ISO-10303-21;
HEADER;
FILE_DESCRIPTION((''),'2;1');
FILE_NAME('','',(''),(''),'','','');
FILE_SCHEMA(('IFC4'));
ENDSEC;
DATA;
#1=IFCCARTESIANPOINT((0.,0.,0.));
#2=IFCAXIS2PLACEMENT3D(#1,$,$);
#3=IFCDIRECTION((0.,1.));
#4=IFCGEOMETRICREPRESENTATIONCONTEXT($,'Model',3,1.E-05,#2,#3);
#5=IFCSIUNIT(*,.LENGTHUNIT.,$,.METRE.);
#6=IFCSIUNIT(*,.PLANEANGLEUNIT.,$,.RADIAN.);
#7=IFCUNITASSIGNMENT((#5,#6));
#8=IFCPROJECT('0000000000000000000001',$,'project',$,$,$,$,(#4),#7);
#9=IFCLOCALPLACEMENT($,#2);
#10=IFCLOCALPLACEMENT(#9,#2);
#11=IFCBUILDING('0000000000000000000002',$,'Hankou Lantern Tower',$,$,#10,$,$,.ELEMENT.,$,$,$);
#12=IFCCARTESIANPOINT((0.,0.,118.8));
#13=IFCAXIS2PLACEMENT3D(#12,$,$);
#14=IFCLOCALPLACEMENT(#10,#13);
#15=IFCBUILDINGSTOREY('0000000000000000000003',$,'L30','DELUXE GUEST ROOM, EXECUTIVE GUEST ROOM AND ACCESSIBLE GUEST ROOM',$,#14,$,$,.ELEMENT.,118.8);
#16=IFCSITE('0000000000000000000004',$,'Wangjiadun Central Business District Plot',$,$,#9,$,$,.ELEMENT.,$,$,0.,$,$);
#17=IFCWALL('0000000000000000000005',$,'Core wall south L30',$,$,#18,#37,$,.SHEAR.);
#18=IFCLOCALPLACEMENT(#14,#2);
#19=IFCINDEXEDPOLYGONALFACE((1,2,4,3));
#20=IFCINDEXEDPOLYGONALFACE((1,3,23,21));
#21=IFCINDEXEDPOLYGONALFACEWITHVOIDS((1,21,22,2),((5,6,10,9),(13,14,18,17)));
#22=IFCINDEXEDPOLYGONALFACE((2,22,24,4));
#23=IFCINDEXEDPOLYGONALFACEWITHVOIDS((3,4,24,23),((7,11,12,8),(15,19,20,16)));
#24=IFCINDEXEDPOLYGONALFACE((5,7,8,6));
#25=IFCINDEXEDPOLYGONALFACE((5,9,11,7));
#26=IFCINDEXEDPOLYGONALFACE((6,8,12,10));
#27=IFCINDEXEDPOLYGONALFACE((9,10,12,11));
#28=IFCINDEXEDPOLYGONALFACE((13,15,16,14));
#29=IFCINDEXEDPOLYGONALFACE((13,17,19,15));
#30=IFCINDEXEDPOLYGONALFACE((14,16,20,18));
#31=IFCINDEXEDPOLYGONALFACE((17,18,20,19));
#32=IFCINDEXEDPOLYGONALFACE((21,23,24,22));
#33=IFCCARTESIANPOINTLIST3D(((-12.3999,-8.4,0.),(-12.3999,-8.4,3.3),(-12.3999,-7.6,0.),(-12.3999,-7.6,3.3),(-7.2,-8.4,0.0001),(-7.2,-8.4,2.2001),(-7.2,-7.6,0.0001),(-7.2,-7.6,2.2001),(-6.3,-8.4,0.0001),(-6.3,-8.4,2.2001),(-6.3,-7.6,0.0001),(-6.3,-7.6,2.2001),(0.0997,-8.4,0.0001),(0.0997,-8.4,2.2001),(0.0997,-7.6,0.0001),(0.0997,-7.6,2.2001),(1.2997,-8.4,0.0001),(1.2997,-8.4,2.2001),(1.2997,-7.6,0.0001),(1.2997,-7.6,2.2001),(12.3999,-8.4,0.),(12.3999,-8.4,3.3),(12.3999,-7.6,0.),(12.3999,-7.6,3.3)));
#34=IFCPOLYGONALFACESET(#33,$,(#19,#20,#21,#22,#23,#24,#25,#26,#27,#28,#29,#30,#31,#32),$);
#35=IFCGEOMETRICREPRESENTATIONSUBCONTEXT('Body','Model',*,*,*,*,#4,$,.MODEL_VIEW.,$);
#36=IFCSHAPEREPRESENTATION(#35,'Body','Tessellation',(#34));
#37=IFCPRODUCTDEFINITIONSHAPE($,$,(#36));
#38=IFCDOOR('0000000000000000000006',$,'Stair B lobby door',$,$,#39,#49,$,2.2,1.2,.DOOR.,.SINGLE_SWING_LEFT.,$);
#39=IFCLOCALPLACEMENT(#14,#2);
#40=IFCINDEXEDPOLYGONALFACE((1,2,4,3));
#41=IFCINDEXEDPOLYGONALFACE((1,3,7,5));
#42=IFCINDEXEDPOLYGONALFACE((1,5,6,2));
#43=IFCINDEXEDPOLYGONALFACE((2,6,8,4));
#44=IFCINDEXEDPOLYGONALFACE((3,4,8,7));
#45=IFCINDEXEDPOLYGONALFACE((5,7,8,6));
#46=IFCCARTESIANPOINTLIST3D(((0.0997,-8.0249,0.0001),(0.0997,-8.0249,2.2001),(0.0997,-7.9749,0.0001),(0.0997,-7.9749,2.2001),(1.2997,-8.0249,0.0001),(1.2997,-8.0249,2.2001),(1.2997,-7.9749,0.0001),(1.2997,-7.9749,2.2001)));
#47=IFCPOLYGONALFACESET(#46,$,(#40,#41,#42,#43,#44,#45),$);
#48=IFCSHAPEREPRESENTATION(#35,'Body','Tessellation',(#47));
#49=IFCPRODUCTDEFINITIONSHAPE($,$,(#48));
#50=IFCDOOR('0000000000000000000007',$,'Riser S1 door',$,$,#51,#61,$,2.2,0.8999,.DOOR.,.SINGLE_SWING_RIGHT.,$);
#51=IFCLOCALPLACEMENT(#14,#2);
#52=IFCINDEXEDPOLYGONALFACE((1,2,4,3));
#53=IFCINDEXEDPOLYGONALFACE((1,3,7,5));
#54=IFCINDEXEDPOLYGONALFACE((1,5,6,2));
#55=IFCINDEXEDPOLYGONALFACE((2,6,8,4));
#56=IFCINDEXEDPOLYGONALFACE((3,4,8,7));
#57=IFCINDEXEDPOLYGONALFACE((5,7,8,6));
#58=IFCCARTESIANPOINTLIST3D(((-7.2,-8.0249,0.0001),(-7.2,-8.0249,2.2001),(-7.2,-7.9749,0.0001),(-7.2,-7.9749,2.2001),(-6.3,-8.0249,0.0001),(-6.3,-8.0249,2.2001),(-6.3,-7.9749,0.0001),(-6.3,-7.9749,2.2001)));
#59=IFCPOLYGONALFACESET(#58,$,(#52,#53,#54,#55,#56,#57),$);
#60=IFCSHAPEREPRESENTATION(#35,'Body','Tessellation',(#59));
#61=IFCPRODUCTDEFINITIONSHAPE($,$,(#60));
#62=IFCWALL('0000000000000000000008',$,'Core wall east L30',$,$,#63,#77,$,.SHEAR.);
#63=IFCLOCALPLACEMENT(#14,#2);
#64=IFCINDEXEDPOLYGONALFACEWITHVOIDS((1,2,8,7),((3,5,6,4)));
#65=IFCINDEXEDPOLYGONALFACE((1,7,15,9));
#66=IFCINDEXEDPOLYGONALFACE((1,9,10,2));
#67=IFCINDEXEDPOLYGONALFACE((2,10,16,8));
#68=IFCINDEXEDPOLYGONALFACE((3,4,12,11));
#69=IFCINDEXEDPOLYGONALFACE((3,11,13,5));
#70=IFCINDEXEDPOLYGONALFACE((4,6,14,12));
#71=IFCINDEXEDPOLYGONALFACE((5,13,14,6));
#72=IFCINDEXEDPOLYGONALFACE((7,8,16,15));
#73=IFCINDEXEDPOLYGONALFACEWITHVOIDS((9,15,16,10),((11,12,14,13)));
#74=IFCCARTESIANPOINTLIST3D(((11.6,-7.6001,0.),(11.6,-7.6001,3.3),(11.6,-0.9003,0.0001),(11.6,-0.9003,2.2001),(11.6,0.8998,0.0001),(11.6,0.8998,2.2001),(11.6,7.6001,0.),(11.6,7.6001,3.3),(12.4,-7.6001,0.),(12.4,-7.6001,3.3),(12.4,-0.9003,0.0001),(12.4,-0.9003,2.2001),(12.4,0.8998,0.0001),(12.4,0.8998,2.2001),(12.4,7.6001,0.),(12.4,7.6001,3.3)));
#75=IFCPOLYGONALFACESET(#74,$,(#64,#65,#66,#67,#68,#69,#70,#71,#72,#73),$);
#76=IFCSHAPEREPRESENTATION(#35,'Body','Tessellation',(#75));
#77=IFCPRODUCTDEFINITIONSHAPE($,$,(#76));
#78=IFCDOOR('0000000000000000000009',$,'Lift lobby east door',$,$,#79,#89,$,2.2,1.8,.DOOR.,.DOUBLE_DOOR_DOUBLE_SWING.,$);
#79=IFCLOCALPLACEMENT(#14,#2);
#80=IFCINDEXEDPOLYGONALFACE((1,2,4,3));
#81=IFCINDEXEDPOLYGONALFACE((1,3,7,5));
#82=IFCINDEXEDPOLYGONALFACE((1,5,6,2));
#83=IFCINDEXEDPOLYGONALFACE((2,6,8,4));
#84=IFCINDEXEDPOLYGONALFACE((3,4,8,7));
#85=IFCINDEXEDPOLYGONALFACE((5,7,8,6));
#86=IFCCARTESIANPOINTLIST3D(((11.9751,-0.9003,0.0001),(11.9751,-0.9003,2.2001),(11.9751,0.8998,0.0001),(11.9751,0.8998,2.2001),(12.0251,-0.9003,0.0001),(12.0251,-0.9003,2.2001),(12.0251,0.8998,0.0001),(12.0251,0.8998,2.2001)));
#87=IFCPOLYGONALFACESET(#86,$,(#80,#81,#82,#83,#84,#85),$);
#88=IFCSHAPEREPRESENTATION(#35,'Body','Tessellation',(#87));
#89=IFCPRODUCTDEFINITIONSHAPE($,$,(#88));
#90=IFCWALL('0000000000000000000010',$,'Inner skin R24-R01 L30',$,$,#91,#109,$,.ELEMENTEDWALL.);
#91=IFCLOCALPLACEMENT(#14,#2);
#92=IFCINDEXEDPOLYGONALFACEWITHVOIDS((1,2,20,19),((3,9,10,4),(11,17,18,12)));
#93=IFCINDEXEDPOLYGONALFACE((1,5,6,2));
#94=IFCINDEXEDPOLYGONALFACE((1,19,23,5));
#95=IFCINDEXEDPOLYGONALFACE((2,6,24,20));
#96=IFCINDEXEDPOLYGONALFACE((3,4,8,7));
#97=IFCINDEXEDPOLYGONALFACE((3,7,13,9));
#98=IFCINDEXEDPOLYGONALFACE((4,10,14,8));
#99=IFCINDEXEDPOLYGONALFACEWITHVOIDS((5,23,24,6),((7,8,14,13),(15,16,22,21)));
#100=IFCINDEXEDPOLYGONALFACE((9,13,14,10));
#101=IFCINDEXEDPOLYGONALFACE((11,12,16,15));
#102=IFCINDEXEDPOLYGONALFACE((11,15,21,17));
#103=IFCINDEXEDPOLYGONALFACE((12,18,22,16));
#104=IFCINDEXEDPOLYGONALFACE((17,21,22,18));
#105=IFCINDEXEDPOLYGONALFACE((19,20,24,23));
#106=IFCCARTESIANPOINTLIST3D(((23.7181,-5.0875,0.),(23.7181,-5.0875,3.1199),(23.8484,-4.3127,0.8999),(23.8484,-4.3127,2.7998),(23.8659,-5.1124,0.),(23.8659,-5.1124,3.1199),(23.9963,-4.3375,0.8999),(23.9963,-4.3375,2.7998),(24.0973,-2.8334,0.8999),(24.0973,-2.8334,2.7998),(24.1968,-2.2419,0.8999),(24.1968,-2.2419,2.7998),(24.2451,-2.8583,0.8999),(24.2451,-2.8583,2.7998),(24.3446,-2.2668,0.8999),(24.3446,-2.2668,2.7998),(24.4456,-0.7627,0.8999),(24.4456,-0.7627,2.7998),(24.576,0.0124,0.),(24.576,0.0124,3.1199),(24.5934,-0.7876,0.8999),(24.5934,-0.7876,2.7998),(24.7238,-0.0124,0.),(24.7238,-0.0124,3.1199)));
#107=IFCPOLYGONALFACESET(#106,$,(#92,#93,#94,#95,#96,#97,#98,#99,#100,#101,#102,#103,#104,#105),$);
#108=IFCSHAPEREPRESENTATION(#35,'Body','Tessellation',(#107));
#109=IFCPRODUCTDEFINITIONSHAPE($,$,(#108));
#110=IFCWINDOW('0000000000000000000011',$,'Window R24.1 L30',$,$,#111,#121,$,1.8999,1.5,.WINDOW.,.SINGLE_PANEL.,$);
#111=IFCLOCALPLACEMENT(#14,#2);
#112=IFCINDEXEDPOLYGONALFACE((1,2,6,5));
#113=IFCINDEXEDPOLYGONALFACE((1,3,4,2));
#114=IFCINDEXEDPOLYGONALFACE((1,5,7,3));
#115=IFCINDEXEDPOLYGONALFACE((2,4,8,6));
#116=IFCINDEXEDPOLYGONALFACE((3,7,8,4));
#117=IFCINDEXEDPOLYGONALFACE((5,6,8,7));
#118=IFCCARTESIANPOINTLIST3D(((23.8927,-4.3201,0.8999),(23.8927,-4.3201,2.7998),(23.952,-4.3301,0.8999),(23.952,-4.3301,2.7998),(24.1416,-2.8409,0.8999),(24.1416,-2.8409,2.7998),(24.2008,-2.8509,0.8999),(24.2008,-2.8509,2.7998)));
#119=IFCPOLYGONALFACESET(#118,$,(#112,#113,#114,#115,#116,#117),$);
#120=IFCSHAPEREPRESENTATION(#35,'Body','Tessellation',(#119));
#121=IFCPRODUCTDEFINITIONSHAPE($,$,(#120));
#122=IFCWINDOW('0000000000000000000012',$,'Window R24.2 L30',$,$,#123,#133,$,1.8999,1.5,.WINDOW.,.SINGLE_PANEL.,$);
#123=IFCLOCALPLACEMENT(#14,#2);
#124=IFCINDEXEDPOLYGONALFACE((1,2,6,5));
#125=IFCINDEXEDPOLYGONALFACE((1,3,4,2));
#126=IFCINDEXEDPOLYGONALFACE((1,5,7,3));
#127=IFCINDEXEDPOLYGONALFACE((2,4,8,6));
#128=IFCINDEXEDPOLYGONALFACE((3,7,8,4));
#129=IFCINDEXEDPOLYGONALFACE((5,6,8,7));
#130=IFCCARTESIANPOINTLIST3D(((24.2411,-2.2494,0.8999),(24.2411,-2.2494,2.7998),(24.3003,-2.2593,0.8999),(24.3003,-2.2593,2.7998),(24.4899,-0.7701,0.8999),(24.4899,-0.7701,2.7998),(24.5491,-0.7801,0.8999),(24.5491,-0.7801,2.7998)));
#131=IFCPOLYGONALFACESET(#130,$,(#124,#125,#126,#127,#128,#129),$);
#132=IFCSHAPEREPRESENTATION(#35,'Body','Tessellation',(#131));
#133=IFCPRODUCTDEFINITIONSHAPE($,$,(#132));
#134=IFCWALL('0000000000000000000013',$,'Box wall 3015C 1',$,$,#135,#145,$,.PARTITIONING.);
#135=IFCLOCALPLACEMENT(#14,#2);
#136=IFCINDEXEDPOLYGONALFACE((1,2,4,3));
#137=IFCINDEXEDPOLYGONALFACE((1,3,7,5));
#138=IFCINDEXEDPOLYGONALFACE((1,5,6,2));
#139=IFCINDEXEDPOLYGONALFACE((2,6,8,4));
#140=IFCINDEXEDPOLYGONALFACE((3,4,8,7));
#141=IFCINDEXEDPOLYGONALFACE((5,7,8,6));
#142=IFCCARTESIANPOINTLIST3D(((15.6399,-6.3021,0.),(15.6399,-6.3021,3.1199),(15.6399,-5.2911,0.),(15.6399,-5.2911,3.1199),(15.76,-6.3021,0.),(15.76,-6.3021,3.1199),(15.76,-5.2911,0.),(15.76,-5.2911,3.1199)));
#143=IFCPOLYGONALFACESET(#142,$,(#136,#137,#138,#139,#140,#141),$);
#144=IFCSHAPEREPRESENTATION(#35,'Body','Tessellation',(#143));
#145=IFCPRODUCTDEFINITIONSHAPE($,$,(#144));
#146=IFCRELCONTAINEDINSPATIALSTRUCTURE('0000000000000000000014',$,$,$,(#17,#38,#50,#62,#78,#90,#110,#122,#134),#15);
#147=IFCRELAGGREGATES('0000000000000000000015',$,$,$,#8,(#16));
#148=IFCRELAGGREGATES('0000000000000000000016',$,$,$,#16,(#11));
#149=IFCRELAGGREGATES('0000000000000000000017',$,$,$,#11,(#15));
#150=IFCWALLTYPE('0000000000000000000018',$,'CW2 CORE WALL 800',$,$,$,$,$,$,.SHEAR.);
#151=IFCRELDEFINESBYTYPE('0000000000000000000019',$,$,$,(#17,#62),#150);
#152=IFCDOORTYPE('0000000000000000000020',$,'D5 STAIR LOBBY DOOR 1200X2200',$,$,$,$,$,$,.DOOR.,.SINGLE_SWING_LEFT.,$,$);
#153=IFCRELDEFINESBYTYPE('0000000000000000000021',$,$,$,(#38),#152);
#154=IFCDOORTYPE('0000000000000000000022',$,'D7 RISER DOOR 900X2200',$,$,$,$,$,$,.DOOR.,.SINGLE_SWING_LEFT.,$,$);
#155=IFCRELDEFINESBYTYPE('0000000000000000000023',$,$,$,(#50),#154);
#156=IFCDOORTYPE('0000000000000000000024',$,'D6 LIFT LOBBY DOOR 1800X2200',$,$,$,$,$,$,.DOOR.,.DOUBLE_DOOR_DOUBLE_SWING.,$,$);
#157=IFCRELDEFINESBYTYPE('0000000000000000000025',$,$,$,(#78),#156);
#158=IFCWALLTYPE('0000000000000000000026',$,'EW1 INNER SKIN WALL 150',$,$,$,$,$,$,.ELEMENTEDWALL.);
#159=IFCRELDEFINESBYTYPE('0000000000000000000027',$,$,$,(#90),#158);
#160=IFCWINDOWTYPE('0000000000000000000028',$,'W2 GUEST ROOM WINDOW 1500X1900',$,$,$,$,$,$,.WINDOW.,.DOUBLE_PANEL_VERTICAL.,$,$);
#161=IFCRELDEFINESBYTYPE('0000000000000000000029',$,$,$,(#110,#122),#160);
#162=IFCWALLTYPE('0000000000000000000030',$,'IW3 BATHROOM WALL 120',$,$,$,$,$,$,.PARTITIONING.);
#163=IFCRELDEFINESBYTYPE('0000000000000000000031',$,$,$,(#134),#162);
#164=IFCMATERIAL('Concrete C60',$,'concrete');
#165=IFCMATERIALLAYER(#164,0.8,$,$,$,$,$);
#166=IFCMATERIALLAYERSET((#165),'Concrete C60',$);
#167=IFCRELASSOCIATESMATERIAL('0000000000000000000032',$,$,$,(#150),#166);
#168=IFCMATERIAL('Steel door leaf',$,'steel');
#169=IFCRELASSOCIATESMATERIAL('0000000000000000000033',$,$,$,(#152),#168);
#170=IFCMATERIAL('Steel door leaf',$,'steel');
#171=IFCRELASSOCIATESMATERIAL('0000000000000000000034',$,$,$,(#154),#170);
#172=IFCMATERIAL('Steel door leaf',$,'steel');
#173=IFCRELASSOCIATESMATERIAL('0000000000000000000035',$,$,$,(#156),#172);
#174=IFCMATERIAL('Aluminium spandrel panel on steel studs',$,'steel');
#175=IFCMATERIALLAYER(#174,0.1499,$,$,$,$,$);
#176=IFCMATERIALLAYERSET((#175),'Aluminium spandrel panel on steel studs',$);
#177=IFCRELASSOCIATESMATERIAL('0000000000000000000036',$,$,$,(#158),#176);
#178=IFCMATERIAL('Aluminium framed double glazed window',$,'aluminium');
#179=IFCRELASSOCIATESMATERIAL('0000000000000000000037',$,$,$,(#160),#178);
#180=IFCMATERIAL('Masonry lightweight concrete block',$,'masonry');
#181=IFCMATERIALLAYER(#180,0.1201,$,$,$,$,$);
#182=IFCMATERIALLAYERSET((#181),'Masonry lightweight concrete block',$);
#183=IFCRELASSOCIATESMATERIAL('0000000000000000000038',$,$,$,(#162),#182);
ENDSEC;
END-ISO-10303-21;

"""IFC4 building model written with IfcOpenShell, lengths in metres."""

from ifc_helpers import new_model, si_unit, direction, frame, frame_2d, origin, place, context, subcontext, project, spatial, rectangle, extrude, material, layer, layer_set, type_object, element, fill, save


model = new_model("IFC4")

# Units and contexts
model_context = context("Model", 3, precision=1e-05, world=origin(), true_north=direction((0.0, 1.0)))
body_context = subcontext(model_context, "Body", "Model", "MODEL_VIEW")
ifc_project = project(units=[si_unit("LENGTHUNIT", "METRE"), si_unit("PLANEANGLEUNIT", "RADIAN")], contexts=[model_context])

# Site, building, storey
site_placement = place(None, origin())
site = spatial("IfcSite", under=ifc_project, at=site_placement, Name="Wangjiadun Central Business District Plot", CompositionType="ELEMENT", RefElevation=0.0)
building_placement = place(site_placement, origin())
building = spatial("IfcBuilding", under=site, at=building_placement, Name="Hankou Lantern Tower", CompositionType="ELEMENT")
storey_placement = place(building_placement, frame((0.0, 0.0, 118.8)))
storey = spatial("IfcBuildingStorey", under=building, at=storey_placement, Name="L30", Description="DELUXE GUEST ROOM, EXECUTIVE GUEST ROOM AND ACCESSIBLE GUEST ROOM", CompositionType="ELEMENT", Elevation=118.8)

# Wall, openings, doors
ifc_material_1 = material(Name="Concrete C60", Category="concrete")
ifc_layer_1 = layer(ifc_material_1, 0.8)
ifc_layer_set_1 = layer_set([ifc_layer_1], Name="Concrete C60")
wall_type_1 = type_object("IfcWallType", Name="CW2 CORE WALL 800", PredefinedType="SHEAR", material=ifc_layer_set_1)
wall_1_placement = place(storey_placement, frame((12.3999, -8.0, 0.0), z_axis=(0.0, 0.0, 1.0), x_axis=(-1.0, 0.0, 0.0)))
wall_1 = element("IfcWall", 1, at=wall_1_placement, inside=storey, type_object=wall_type_1, Name="Core wall south L30", PredefinedType="SHEAR", context=body_context, shape_type="SweptSolid", body=[
    extrude(rectangle(XDim=24.7998, YDim=0.8, at=frame_2d((12.3999, 0.0))), origin(), (0.0, 0.0, 1.0), 3.3),
])
opening_1_placement = place(wall_1_placement, frame((11.1001, 0.0, 0.0)))
opening_1 = element("IfcOpeningElement", 2, at=opening_1_placement, cuts=wall_1, PredefinedType="OPENING", context=body_context, shape_type="SweptSolid", body=[
    extrude(rectangle(XDim=1.2, YDim=2.2, at=frame_2d((0.6001, 1.1001))), frame((0.0, 0.4099, 0.0), z_axis=(0.0, -1.0, 0.0), x_axis=(1.0, 0.0, 0.0)), (0.0, 0.0, 1.0), 0.8201),
])
opening_2_placement = place(wall_1_placement, frame((18.7, 0.0, 0.0)))
opening_2 = element("IfcOpeningElement", 3, at=opening_2_placement, cuts=wall_1, PredefinedType="OPENING", context=body_context, shape_type="SweptSolid", body=[
    extrude(rectangle(XDim=0.8999, YDim=2.2, at=frame_2d((0.45, 1.1001))), frame((0.0, 0.4099, 0.0), z_axis=(0.0, -1.0, 0.0), x_axis=(1.0, 0.0, 0.0)), (0.0, 0.0, 1.0), 0.8201),
])
ifc_material_2 = material(Name="Steel door leaf", Category="steel")
door_type_1 = type_object("IfcDoorType", Name="D5 STAIR LOBBY DOOR 1200X2200", OperationType="SINGLE_SWING_LEFT", PredefinedType="DOOR", material=ifc_material_2)
door_1_placement = place(opening_1_placement, origin())
door_1 = element("IfcDoor", 4, at=door_1_placement, inside=storey, type_object=door_type_1, Name="Stair B lobby door", OperationType="SINGLE_SWING_LEFT", OverallHeight=2.2, OverallWidth=1.2, PredefinedType="DOOR", context=body_context, shape_type="SweptSolid", body=[
    extrude(rectangle(XDim=1.2, YDim=2.2, at=frame_2d((0.6001, 1.1001))), frame((0.0, 0.0249, 0.0), z_axis=(0.0, -1.0, 0.0), x_axis=(1.0, 0.0, 0.0)), (0.0, 0.0, 1.0), 0.05),
])
fill(opening_1, door_1)
ifc_material_3 = material(Name="Steel door leaf", Category="steel")
door_type_2 = type_object("IfcDoorType", Name="D7 RISER DOOR 900X2200", OperationType="SINGLE_SWING_LEFT", PredefinedType="DOOR", material=ifc_material_3)
door_2_placement = place(opening_2_placement, origin())
door_2 = element("IfcDoor", 5, at=door_2_placement, inside=storey, type_object=door_type_2, Name="Riser S1 door", OperationType="SINGLE_SWING_RIGHT", OverallHeight=2.2, OverallWidth=0.8999, PredefinedType="DOOR", context=body_context, shape_type="SweptSolid", body=[
    extrude(rectangle(XDim=0.8999, YDim=2.2, at=frame_2d((0.45, 1.1001))), frame((0.0, 0.0249, 0.0), z_axis=(0.0, -1.0, 0.0), x_axis=(1.0, 0.0, 0.0)), (0.0, 0.0, 1.0), 0.05),
])
fill(opening_2, door_2)

# Wall, opening, door
wall_2_placement = place(storey_placement, frame((12.0, -7.6001, 0.0), z_axis=(0.0, 0.0, 1.0), x_axis=(0.0, 1.0, 0.0)))
wall_2 = element("IfcWall", 6, at=wall_2_placement, inside=storey, type_object=wall_type_1, Name="Core wall east L30", PredefinedType="SHEAR", context=body_context, shape_type="SweptSolid", body=[
    extrude(rectangle(XDim=15.2002, YDim=0.8, at=frame_2d((7.6001, 0.0))), origin(), (0.0, 0.0, 1.0), 3.3),
])
opening_3_placement = place(wall_2_placement, frame((6.7, 0.0, 0.0)))
opening_3 = element("IfcOpeningElement", 7, at=opening_3_placement, cuts=wall_2, PredefinedType="OPENING", context=body_context, shape_type="SweptSolid", body=[
    extrude(rectangle(XDim=1.8, YDim=2.2, at=frame_2d((0.8999, 1.1001))), frame((0.0, 0.4099, 0.0), z_axis=(0.0, -1.0, 0.0), x_axis=(1.0, 0.0, 0.0)), (0.0, 0.0, 1.0), 0.8201),
])
ifc_material_4 = material(Name="Steel door leaf", Category="steel")
door_type_3 = type_object("IfcDoorType", Name="D6 LIFT LOBBY DOOR 1800X2200", OperationType="DOUBLE_DOOR_DOUBLE_SWING", PredefinedType="DOOR", material=ifc_material_4)
door_3_placement = place(opening_3_placement, origin())
door_3 = element("IfcDoor", 8, at=door_3_placement, inside=storey, type_object=door_type_3, Name="Lift lobby east door", OperationType="DOUBLE_DOOR_DOUBLE_SWING", OverallHeight=2.2, OverallWidth=1.8, PredefinedType="DOOR", context=body_context, shape_type="SweptSolid", body=[
    extrude(rectangle(XDim=1.8, YDim=2.2, at=frame_2d((0.8999, 1.1001))), frame((0.0, 0.0249, 0.0), z_axis=(0.0, -1.0, 0.0), x_axis=(1.0, 0.0, 0.0)), (0.0, 0.0, 1.0), 0.05),
])
fill(opening_3, door_3)

# Wall, openings, windows
ifc_material_5 = material(Name="Aluminium spandrel panel on steel studs", Category="steel")
ifc_layer_2 = layer(ifc_material_5, 0.1499)
ifc_layer_set_2 = layer_set([ifc_layer_2], Name="Aluminium spandrel panel on steel studs")
wall_type_2 = type_object("IfcWallType", Name="EW1 INNER SKIN WALL 150", PredefinedType="ELEMENTEDWALL", material=ifc_layer_set_2)
wall_3_placement = place(storey_placement, frame((23.792, -5.1001, 0.0), z_axis=(0.0, 0.0, 1.0), x_axis=(0.165884, 0.986145, 0.0)))
wall_3 = element("IfcWall", 9, at=wall_3_placement, inside=storey, type_object=wall_type_2, Name="Inner skin R24-R01 L30", PredefinedType="ELEMENTEDWALL", context=body_context, shape_type="SweptSolid", body=[
    extrude(rectangle(XDim=5.1716, YDim=0.1499, at=frame_2d((2.5859, 0.0))), origin(), (0.0, 0.0, 1.0), 3.1199),
])
opening_4_placement = place(wall_3_placement, frame((0.7859, 0.0, 0.8999)))
opening_4 = element("IfcOpeningElement", 10, at=opening_4_placement, cuts=wall_3, PredefinedType="OPENING", context=body_context, shape_type="SweptSolid", body=[
    extrude(rectangle(XDim=1.5, YDim=1.8999, at=frame_2d((0.75, 0.95))), frame((0.0, 0.085, 0.0), z_axis=(0.0, -1.0, 0.0), x_axis=(1.0, 0.0, 0.0)), (0.0, 0.0, 1.0), 0.1699),
])
opening_5_placement = place(wall_3_placement, frame((2.8857, 0.0, 0.8999)))
opening_5 = element("IfcOpeningElement", 11, at=opening_5_placement, cuts=wall_3, PredefinedType="OPENING", context=body_context, shape_type="SweptSolid", body=[
    extrude(rectangle(XDim=1.5, YDim=1.8999, at=frame_2d((0.75, 0.95))), frame((0.0, 0.085, 0.0), z_axis=(0.0, -1.0, 0.0), x_axis=(1.0, 0.0, 0.0)), (0.0, 0.0, 1.0), 0.1699),
])
ifc_material_6 = material(Name="Aluminium framed double glazed window", Category="aluminium")
window_type = type_object("IfcWindowType", Name="W2 GUEST ROOM WINDOW 1500X1900", PartitioningType="DOUBLE_PANEL_VERTICAL", PredefinedType="WINDOW", material=ifc_material_6)
window_1_placement = place(opening_4_placement, origin())
window_1 = element("IfcWindow", 12, at=window_1_placement, inside=storey, type_object=window_type, Name="Window R24.1 L30", OverallHeight=1.8999, OverallWidth=1.5, PartitioningType="SINGLE_PANEL", PredefinedType="WINDOW", context=body_context, shape_type="SweptSolid", body=[
    extrude(rectangle(XDim=1.5, YDim=1.8999, at=frame_2d((0.75, 0.95))), frame((0.0, 0.03, 0.0), z_axis=(0.0, -1.0, 0.0), x_axis=(1.0, 0.0, 0.0)), (0.0, 0.0, 1.0), 0.0601),
])
fill(opening_4, window_1)
window_2_placement = place(opening_5_placement, origin())
window_2 = element("IfcWindow", 13, at=window_2_placement, inside=storey, type_object=window_type, Name="Window R24.2 L30", OverallHeight=1.8999, OverallWidth=1.5, PartitioningType="SINGLE_PANEL", PredefinedType="WINDOW", context=body_context, shape_type="SweptSolid", body=[
    extrude(rectangle(XDim=1.5, YDim=1.8999, at=frame_2d((0.75, 0.95))), frame((0.0, 0.03, 0.0), z_axis=(0.0, -1.0, 0.0), x_axis=(1.0, 0.0, 0.0)), (0.0, 0.0, 1.0), 0.0601),
])
fill(opening_5, window_2)

# Wall
ifc_material_7 = material(Name="Masonry lightweight concrete block", Category="masonry")
ifc_layer_3 = layer(ifc_material_7, 0.1201)
ifc_layer_set_3 = layer_set([ifc_layer_3], Name="Masonry lightweight concrete block")
wall_type_3 = type_object("IfcWallType", Name="IW3 BATHROOM WALL 120", PredefinedType="PARTITIONING", material=ifc_layer_set_3)
wall_4_placement = place(storey_placement, frame((15.7, -5.2913, 0.0), z_axis=(0.0, 0.0, 1.0), x_axis=(0.0, -1.0, 0.0)))
element("IfcWall", 14, at=wall_4_placement, inside=storey, type_object=wall_type_3, Name="Box wall 3015C 1", PredefinedType="PARTITIONING", context=body_context, shape_type="SweptSolid", body=[
    extrude(rectangle(XDim=1.011, YDim=0.1201, at=frame_2d((0.5054, 0.0))), origin(), (0.0, 0.0, 1.0), 3.1199),
])

save(model, "model.ifc")
